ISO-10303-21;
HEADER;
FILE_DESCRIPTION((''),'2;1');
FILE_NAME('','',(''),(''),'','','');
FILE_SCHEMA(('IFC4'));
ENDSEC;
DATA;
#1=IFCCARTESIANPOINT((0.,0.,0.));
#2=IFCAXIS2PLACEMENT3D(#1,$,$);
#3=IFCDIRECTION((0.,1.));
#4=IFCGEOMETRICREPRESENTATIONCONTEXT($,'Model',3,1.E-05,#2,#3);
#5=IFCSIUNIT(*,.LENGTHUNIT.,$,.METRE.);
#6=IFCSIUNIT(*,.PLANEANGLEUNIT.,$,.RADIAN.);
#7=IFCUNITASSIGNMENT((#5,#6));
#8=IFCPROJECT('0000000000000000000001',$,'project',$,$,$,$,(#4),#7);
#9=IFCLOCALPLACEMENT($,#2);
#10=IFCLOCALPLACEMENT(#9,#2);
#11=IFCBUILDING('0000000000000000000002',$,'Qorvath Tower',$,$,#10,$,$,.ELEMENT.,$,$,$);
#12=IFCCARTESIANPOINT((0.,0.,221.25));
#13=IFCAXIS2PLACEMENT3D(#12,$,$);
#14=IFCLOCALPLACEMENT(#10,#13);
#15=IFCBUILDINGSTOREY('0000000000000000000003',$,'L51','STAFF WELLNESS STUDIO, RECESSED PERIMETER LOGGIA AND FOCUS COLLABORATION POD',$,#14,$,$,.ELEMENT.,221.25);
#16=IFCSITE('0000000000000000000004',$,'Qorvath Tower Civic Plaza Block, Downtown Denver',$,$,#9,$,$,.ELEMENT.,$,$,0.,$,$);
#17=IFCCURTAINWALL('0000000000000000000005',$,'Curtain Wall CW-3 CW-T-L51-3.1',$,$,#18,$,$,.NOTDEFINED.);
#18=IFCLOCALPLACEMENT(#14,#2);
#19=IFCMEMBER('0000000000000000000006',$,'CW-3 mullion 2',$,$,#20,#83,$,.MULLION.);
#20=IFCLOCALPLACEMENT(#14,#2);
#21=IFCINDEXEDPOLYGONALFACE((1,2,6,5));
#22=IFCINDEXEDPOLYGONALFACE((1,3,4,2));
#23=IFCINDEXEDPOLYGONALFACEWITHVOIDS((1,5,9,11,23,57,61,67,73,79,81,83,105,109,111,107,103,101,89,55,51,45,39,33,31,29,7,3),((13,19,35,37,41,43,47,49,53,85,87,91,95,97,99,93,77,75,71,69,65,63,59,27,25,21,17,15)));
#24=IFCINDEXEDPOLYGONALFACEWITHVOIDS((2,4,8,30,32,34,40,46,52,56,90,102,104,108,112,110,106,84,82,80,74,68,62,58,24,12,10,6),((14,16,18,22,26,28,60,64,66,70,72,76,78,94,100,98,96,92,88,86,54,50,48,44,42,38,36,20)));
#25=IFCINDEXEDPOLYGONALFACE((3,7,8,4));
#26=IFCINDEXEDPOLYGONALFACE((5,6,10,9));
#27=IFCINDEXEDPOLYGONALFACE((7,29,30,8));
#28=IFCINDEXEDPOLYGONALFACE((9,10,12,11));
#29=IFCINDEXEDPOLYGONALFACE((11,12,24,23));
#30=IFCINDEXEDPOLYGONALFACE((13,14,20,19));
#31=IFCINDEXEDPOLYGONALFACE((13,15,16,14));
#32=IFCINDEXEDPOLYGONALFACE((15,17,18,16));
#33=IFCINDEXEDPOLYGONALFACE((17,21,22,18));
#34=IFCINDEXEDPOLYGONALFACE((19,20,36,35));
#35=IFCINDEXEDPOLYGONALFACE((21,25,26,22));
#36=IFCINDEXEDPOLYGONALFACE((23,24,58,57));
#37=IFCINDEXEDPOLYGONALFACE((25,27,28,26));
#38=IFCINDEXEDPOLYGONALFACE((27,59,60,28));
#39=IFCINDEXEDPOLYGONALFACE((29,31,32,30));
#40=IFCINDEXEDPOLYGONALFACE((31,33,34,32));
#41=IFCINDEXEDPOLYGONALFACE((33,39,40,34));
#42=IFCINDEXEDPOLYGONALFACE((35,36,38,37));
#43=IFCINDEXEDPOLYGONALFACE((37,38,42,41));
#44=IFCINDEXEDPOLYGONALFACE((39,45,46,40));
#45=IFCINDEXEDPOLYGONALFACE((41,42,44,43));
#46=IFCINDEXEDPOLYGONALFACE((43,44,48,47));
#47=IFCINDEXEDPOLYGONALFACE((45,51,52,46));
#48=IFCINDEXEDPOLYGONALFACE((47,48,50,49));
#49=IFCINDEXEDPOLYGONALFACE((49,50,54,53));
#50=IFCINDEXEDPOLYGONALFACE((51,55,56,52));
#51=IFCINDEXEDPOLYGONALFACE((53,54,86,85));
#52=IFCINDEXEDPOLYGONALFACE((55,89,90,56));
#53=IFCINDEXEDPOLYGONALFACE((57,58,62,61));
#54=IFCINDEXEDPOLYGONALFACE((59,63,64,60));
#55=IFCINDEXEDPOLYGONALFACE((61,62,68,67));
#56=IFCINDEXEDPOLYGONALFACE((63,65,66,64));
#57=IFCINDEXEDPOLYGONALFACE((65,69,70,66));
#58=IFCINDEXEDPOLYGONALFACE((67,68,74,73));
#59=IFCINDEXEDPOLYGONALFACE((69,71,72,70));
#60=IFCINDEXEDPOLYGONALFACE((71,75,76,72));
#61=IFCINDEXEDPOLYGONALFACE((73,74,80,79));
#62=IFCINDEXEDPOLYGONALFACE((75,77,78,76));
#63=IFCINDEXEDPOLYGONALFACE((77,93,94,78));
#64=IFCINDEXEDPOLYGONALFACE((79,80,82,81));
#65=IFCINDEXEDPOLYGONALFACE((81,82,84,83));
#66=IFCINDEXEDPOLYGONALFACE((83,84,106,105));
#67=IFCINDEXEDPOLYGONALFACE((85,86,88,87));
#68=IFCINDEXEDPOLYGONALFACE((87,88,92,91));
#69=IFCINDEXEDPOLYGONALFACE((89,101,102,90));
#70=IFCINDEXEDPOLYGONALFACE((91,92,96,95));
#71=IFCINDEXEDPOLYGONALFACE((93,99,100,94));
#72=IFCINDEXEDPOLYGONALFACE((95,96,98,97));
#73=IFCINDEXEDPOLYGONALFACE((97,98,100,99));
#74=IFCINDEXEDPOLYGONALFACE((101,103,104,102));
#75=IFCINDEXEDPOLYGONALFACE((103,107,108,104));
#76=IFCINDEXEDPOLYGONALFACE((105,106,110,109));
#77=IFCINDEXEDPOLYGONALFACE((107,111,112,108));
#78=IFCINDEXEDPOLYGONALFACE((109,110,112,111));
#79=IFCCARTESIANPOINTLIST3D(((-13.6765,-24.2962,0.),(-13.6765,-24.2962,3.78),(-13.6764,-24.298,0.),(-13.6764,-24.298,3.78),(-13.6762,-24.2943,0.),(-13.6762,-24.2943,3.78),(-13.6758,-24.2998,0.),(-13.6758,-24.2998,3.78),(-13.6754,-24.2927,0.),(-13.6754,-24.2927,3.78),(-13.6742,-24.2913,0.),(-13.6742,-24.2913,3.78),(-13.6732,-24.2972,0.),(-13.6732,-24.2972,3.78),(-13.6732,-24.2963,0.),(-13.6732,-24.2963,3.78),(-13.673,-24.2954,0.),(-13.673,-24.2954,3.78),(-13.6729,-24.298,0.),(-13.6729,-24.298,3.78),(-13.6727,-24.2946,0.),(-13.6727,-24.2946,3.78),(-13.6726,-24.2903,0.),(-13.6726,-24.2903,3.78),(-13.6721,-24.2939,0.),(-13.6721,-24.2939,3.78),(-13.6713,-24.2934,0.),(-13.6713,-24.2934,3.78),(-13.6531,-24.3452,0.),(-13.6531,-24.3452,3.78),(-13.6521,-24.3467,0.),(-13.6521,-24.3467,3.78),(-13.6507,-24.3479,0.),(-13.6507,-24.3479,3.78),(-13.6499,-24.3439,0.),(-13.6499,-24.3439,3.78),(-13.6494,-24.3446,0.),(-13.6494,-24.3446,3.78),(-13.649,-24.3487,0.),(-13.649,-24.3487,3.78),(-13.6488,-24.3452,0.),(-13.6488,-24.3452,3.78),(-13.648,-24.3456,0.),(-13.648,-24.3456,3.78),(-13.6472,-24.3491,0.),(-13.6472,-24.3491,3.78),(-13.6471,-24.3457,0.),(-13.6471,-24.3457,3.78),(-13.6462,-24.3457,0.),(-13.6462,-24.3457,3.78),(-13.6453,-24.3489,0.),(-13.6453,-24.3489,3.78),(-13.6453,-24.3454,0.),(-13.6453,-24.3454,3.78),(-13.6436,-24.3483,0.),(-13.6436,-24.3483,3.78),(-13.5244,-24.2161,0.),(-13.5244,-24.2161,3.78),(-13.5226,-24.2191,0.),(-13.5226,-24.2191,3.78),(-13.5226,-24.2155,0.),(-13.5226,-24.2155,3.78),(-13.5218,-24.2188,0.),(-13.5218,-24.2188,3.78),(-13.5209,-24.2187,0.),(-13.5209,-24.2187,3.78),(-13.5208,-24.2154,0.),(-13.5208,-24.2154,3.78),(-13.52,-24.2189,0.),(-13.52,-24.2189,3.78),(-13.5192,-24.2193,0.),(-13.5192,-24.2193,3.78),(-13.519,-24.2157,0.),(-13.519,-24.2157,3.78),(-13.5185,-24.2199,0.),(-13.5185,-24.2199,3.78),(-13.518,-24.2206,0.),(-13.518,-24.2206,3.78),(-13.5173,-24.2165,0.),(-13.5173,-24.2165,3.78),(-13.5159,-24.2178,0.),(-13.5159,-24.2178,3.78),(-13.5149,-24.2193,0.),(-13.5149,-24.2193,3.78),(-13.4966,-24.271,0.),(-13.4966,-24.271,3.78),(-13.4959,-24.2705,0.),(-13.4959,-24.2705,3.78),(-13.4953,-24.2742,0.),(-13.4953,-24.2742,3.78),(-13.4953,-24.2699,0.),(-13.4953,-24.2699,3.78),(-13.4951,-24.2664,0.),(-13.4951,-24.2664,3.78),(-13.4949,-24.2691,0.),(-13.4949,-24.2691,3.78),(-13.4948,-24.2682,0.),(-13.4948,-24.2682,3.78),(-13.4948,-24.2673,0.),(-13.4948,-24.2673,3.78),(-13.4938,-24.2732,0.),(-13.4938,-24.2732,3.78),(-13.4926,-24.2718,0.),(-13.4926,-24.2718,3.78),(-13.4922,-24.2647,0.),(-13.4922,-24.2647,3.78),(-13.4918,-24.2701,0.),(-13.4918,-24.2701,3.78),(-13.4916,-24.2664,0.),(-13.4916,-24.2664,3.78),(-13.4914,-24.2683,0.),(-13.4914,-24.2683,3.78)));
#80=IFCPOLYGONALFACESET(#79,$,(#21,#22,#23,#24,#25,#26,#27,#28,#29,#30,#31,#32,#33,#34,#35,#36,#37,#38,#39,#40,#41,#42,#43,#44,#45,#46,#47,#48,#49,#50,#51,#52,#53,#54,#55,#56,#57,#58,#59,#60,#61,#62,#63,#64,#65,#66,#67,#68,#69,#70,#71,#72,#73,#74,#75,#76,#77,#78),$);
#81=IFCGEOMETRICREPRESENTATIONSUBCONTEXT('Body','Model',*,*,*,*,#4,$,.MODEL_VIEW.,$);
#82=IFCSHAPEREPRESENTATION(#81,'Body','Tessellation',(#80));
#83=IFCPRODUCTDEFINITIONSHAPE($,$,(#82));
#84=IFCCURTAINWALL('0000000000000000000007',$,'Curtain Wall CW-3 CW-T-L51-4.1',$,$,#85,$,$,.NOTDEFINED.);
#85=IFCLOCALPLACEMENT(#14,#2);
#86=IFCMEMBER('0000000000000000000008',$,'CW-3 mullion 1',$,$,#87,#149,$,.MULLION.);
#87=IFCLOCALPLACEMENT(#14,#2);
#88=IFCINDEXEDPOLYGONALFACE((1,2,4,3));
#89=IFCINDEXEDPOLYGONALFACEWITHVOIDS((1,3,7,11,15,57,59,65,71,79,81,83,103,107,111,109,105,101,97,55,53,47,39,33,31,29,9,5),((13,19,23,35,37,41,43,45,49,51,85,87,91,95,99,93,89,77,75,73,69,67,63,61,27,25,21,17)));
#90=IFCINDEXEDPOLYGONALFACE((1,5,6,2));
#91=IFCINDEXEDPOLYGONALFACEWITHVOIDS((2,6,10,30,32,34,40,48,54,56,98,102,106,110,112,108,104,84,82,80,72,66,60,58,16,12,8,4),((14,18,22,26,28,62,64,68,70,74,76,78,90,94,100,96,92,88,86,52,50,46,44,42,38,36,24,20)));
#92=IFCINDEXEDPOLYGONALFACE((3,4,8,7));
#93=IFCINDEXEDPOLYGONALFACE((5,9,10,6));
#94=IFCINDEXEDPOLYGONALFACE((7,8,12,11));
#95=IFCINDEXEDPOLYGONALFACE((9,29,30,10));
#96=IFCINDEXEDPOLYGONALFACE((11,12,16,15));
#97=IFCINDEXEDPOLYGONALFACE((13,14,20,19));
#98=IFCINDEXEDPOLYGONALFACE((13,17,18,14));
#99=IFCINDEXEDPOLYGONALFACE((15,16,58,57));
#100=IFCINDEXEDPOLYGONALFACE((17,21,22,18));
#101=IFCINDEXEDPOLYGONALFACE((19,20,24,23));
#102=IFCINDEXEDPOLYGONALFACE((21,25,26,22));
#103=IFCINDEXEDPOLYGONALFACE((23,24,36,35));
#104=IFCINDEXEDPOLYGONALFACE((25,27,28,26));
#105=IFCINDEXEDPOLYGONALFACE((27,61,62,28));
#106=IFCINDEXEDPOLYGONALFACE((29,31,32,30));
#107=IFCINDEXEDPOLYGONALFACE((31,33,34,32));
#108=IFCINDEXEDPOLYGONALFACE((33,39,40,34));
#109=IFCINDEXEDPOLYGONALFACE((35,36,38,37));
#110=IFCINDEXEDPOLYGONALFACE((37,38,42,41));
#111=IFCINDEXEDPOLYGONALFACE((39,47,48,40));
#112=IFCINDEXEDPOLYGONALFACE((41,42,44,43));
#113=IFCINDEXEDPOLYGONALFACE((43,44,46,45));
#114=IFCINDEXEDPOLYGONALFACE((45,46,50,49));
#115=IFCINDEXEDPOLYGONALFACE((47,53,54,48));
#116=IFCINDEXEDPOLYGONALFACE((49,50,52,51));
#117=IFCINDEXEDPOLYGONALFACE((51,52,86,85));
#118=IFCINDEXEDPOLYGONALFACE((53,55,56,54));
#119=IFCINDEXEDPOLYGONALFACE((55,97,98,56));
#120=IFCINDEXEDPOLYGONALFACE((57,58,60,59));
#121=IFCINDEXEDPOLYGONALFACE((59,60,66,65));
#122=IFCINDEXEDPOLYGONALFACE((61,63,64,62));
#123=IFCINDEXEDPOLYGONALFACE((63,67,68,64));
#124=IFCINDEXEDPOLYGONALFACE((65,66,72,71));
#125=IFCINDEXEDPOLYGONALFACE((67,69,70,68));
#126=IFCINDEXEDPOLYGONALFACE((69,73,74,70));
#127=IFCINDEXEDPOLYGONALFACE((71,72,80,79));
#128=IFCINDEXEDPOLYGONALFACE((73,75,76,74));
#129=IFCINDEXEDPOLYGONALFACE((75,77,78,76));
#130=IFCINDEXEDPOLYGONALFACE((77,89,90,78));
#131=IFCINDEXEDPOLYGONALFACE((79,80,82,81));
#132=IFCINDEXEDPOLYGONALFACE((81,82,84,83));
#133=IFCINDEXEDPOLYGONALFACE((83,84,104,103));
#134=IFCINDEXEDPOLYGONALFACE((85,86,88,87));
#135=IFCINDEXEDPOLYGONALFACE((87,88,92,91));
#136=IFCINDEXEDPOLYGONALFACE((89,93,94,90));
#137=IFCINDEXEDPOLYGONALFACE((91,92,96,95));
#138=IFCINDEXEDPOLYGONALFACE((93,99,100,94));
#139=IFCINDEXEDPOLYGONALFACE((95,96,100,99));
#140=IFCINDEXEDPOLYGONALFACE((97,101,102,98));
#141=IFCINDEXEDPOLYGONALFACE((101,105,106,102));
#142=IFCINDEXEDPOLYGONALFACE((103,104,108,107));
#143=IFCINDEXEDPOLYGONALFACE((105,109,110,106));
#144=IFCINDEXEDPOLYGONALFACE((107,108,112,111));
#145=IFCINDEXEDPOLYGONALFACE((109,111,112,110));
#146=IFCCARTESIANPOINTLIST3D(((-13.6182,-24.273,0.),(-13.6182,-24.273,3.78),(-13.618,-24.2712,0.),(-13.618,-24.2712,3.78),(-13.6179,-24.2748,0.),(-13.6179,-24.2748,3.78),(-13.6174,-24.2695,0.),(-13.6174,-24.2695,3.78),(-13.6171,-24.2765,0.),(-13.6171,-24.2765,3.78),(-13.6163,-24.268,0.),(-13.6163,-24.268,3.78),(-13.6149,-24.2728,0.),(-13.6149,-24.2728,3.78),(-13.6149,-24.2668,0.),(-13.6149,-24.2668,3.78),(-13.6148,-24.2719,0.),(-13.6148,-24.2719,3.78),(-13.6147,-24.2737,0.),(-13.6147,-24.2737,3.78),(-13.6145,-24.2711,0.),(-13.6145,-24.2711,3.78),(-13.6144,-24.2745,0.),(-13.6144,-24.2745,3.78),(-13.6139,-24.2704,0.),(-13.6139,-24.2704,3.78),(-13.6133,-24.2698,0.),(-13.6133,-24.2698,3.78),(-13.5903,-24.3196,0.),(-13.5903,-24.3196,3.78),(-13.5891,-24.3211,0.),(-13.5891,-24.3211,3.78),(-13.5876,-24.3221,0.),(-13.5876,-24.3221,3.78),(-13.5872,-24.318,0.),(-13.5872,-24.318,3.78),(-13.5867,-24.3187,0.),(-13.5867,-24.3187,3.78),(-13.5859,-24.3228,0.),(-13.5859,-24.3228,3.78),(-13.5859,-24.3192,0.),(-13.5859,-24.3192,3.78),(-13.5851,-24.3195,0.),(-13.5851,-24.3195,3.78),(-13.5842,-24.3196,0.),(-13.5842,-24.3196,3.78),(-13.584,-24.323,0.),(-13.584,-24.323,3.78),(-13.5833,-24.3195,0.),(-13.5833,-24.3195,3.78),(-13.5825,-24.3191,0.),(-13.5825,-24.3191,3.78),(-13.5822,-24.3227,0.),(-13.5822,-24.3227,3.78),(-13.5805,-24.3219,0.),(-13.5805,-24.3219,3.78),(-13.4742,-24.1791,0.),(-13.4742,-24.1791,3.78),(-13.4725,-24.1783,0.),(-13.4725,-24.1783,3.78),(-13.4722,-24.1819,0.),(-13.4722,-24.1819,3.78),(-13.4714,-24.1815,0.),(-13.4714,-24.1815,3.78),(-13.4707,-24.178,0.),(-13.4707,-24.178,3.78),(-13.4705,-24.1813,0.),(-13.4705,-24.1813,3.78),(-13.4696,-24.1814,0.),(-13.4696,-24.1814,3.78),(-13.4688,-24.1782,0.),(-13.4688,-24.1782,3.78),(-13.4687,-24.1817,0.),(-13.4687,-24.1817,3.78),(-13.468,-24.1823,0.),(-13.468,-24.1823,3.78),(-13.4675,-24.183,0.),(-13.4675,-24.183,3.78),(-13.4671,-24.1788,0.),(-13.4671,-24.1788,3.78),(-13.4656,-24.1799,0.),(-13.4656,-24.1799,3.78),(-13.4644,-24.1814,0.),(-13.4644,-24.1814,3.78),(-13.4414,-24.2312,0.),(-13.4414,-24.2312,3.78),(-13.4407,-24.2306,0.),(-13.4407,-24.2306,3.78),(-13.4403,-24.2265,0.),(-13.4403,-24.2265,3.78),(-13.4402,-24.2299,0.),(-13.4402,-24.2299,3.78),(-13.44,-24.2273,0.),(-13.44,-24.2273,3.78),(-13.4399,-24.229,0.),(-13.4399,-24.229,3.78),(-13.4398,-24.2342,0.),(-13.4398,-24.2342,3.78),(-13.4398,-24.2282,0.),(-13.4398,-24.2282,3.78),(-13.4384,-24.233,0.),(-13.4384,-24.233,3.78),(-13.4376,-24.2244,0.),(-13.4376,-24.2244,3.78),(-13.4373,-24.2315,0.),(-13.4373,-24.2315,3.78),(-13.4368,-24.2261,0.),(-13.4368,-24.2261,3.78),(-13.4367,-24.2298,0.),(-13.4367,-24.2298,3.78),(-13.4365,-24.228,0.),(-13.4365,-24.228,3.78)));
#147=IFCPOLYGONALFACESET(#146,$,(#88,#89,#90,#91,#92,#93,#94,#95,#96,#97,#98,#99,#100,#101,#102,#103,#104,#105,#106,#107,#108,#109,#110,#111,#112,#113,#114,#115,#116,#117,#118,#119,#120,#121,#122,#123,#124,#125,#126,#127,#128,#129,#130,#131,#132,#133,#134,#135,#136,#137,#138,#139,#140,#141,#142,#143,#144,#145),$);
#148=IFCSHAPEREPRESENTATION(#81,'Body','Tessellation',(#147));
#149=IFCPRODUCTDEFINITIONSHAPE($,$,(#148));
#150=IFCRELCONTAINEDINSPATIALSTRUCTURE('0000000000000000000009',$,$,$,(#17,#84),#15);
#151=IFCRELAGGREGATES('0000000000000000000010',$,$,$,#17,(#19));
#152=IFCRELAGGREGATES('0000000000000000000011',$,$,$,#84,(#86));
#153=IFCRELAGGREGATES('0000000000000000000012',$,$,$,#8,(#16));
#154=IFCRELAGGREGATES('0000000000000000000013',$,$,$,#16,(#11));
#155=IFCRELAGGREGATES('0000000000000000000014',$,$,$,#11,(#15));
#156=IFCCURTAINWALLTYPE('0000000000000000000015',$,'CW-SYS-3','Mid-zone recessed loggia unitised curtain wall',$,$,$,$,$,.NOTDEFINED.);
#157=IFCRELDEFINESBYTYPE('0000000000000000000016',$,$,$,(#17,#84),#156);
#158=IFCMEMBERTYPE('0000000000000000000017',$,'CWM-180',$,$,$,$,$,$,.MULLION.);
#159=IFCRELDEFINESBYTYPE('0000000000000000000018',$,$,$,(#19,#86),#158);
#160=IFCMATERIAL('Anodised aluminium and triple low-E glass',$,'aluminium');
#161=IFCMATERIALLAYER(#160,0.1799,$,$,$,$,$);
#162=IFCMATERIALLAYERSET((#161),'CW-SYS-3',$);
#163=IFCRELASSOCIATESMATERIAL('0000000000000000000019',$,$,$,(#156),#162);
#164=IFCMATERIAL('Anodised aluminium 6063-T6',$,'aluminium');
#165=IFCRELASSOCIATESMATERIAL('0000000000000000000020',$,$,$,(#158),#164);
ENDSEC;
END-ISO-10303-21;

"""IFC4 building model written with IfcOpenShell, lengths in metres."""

from ifc_helpers import new_model, si_unit, direction, frame, origin, origin_2d, place, context, subcontext, project, spatial, hollow_rectangle, extrude, material, layer, layer_set, material_profile, profile_set, type_object, element, aggregate, save


model = new_model("IFC4")

# Units and contexts
model_context = context("Model", 3, precision=1e-05, world=origin(), true_north=direction((0.0, 1.0)))
body_context = subcontext(model_context, "Body", "Model", "MODEL_VIEW")
ifc_project = project(units=[si_unit("LENGTHUNIT", "METRE"), si_unit("PLANEANGLEUNIT", "RADIAN")], contexts=[model_context])

# Site, building, storey
site_placement = place(None, origin())
site = spatial("IfcSite", under=ifc_project, at=site_placement, Name="Qorvath Tower Civic Plaza Block, Downtown Denver", CompositionType="ELEMENT", RefElevation=0.0)
building_placement = place(site_placement, origin())
building = spatial("IfcBuilding", under=site, at=building_placement, Name="Qorvath Tower", CompositionType="ELEMENT")
storey_placement = place(building_placement, frame((0.0, 0.0, 221.25)))
storey = spatial("IfcBuildingStorey", under=building, at=storey_placement, Name="L51", Description="STAFF WELLNESS STUDIO, RECESSED PERIMETER LOGGIA AND FOCUS COLLABORATION POD", CompositionType="ELEMENT", Elevation=221.25)

# Shared definitions
ifc_material_1 = material(Name="Anodised aluminium and triple low-E glass", Category="aluminium")
ifc_layer_1 = layer(ifc_material_1, 0.1799)
ifc_layer_set_1 = layer_set([ifc_layer_1], Name="CW-SYS-3")
curtain_wall_type = type_object("IfcCurtainWallType", Name="CW-SYS-3", Description="Mid-zone recessed loggia unitised curtain wall", PredefinedType="NOTDEFINED", material=ifc_layer_set_1)
ifc_material_2 = material(Name="Anodised aluminium 6063-T6", Category="aluminium")
ifc_material_profile_1 = material_profile(ifc_material_2, hollow_rectangle(XDim=0.0649, YDim=0.1799, WallThickness=0.0034, InnerFilletRadius=0.0034, OuterFilletRadius=0.0071, at=origin_2d()), Name="CWM 180x65")
ifc_profile_set_1 = profile_set([ifc_material_profile_1], Name="Anodised aluminium 6063-T6")
member_type_1 = type_object("IfcMemberType", Name="CWM-180", PredefinedType="MULLION", material=ifc_profile_set_1)

# Curtain walls, members
curtain_wall_1_placement = place(storey_placement, origin())
curtain_wall_1 = element("IfcCurtainWall", 1, at=curtain_wall_1_placement, inside=storey, type_object=curtain_wall_type, Name="Curtain Wall CW-3 CW-T-L51-3.1", PredefinedType="NOTDEFINED")
member_1_placement = place(storey_placement, frame((-13.584, -24.2822, 0.0), z_axis=(0.0, 0.0, 1.0), x_axis=(-0.447223, 0.894422, 0.0)))
member_1 = element("IfcMember", 2, at=member_1_placement, type_object=member_type_1, Name="CW-3 mullion 2", PredefinedType="MULLION", context=body_context, shape_type="SweptSolid", body=[
    extrude(hollow_rectangle(XDim=0.0649, YDim=0.1799, WallThickness=0.0034, InnerFilletRadius=0.0034, OuterFilletRadius=0.0071, at=origin_2d()), origin(), (0.0, 0.0, 1.0), 3.78),
])
curtain_wall_2_placement = place(storey_placement, origin())
curtain_wall_2 = element("IfcCurtainWall", 3, at=curtain_wall_2_placement, inside=storey, type_object=curtain_wall_type, Name="Curtain Wall CW-3 CW-T-L51-4.1", PredefinedType="NOTDEFINED")
member_2_placement = place(storey_placement, frame((-13.5273, -24.2505, 0.0), z_axis=(0.0, 0.0, 1.0), x_axis=(-0.528982, 0.848633, 0.0)))
member_2 = element("IfcMember", 4, at=member_2_placement, type_object=member_type_1, Name="CW-3 mullion 1", PredefinedType="MULLION", context=body_context, shape_type="SweptSolid", body=[
    extrude(hollow_rectangle(XDim=0.0649, YDim=0.1799, WallThickness=0.0034, InnerFilletRadius=0.0034, OuterFilletRadius=0.0071, at=origin_2d()), origin(), (0.0, 0.0, 1.0), 3.78),
])

aggregate(curtain_wall_1, [member_1])
aggregate(curtain_wall_2, [member_2])

save(model, "model.ifc")
